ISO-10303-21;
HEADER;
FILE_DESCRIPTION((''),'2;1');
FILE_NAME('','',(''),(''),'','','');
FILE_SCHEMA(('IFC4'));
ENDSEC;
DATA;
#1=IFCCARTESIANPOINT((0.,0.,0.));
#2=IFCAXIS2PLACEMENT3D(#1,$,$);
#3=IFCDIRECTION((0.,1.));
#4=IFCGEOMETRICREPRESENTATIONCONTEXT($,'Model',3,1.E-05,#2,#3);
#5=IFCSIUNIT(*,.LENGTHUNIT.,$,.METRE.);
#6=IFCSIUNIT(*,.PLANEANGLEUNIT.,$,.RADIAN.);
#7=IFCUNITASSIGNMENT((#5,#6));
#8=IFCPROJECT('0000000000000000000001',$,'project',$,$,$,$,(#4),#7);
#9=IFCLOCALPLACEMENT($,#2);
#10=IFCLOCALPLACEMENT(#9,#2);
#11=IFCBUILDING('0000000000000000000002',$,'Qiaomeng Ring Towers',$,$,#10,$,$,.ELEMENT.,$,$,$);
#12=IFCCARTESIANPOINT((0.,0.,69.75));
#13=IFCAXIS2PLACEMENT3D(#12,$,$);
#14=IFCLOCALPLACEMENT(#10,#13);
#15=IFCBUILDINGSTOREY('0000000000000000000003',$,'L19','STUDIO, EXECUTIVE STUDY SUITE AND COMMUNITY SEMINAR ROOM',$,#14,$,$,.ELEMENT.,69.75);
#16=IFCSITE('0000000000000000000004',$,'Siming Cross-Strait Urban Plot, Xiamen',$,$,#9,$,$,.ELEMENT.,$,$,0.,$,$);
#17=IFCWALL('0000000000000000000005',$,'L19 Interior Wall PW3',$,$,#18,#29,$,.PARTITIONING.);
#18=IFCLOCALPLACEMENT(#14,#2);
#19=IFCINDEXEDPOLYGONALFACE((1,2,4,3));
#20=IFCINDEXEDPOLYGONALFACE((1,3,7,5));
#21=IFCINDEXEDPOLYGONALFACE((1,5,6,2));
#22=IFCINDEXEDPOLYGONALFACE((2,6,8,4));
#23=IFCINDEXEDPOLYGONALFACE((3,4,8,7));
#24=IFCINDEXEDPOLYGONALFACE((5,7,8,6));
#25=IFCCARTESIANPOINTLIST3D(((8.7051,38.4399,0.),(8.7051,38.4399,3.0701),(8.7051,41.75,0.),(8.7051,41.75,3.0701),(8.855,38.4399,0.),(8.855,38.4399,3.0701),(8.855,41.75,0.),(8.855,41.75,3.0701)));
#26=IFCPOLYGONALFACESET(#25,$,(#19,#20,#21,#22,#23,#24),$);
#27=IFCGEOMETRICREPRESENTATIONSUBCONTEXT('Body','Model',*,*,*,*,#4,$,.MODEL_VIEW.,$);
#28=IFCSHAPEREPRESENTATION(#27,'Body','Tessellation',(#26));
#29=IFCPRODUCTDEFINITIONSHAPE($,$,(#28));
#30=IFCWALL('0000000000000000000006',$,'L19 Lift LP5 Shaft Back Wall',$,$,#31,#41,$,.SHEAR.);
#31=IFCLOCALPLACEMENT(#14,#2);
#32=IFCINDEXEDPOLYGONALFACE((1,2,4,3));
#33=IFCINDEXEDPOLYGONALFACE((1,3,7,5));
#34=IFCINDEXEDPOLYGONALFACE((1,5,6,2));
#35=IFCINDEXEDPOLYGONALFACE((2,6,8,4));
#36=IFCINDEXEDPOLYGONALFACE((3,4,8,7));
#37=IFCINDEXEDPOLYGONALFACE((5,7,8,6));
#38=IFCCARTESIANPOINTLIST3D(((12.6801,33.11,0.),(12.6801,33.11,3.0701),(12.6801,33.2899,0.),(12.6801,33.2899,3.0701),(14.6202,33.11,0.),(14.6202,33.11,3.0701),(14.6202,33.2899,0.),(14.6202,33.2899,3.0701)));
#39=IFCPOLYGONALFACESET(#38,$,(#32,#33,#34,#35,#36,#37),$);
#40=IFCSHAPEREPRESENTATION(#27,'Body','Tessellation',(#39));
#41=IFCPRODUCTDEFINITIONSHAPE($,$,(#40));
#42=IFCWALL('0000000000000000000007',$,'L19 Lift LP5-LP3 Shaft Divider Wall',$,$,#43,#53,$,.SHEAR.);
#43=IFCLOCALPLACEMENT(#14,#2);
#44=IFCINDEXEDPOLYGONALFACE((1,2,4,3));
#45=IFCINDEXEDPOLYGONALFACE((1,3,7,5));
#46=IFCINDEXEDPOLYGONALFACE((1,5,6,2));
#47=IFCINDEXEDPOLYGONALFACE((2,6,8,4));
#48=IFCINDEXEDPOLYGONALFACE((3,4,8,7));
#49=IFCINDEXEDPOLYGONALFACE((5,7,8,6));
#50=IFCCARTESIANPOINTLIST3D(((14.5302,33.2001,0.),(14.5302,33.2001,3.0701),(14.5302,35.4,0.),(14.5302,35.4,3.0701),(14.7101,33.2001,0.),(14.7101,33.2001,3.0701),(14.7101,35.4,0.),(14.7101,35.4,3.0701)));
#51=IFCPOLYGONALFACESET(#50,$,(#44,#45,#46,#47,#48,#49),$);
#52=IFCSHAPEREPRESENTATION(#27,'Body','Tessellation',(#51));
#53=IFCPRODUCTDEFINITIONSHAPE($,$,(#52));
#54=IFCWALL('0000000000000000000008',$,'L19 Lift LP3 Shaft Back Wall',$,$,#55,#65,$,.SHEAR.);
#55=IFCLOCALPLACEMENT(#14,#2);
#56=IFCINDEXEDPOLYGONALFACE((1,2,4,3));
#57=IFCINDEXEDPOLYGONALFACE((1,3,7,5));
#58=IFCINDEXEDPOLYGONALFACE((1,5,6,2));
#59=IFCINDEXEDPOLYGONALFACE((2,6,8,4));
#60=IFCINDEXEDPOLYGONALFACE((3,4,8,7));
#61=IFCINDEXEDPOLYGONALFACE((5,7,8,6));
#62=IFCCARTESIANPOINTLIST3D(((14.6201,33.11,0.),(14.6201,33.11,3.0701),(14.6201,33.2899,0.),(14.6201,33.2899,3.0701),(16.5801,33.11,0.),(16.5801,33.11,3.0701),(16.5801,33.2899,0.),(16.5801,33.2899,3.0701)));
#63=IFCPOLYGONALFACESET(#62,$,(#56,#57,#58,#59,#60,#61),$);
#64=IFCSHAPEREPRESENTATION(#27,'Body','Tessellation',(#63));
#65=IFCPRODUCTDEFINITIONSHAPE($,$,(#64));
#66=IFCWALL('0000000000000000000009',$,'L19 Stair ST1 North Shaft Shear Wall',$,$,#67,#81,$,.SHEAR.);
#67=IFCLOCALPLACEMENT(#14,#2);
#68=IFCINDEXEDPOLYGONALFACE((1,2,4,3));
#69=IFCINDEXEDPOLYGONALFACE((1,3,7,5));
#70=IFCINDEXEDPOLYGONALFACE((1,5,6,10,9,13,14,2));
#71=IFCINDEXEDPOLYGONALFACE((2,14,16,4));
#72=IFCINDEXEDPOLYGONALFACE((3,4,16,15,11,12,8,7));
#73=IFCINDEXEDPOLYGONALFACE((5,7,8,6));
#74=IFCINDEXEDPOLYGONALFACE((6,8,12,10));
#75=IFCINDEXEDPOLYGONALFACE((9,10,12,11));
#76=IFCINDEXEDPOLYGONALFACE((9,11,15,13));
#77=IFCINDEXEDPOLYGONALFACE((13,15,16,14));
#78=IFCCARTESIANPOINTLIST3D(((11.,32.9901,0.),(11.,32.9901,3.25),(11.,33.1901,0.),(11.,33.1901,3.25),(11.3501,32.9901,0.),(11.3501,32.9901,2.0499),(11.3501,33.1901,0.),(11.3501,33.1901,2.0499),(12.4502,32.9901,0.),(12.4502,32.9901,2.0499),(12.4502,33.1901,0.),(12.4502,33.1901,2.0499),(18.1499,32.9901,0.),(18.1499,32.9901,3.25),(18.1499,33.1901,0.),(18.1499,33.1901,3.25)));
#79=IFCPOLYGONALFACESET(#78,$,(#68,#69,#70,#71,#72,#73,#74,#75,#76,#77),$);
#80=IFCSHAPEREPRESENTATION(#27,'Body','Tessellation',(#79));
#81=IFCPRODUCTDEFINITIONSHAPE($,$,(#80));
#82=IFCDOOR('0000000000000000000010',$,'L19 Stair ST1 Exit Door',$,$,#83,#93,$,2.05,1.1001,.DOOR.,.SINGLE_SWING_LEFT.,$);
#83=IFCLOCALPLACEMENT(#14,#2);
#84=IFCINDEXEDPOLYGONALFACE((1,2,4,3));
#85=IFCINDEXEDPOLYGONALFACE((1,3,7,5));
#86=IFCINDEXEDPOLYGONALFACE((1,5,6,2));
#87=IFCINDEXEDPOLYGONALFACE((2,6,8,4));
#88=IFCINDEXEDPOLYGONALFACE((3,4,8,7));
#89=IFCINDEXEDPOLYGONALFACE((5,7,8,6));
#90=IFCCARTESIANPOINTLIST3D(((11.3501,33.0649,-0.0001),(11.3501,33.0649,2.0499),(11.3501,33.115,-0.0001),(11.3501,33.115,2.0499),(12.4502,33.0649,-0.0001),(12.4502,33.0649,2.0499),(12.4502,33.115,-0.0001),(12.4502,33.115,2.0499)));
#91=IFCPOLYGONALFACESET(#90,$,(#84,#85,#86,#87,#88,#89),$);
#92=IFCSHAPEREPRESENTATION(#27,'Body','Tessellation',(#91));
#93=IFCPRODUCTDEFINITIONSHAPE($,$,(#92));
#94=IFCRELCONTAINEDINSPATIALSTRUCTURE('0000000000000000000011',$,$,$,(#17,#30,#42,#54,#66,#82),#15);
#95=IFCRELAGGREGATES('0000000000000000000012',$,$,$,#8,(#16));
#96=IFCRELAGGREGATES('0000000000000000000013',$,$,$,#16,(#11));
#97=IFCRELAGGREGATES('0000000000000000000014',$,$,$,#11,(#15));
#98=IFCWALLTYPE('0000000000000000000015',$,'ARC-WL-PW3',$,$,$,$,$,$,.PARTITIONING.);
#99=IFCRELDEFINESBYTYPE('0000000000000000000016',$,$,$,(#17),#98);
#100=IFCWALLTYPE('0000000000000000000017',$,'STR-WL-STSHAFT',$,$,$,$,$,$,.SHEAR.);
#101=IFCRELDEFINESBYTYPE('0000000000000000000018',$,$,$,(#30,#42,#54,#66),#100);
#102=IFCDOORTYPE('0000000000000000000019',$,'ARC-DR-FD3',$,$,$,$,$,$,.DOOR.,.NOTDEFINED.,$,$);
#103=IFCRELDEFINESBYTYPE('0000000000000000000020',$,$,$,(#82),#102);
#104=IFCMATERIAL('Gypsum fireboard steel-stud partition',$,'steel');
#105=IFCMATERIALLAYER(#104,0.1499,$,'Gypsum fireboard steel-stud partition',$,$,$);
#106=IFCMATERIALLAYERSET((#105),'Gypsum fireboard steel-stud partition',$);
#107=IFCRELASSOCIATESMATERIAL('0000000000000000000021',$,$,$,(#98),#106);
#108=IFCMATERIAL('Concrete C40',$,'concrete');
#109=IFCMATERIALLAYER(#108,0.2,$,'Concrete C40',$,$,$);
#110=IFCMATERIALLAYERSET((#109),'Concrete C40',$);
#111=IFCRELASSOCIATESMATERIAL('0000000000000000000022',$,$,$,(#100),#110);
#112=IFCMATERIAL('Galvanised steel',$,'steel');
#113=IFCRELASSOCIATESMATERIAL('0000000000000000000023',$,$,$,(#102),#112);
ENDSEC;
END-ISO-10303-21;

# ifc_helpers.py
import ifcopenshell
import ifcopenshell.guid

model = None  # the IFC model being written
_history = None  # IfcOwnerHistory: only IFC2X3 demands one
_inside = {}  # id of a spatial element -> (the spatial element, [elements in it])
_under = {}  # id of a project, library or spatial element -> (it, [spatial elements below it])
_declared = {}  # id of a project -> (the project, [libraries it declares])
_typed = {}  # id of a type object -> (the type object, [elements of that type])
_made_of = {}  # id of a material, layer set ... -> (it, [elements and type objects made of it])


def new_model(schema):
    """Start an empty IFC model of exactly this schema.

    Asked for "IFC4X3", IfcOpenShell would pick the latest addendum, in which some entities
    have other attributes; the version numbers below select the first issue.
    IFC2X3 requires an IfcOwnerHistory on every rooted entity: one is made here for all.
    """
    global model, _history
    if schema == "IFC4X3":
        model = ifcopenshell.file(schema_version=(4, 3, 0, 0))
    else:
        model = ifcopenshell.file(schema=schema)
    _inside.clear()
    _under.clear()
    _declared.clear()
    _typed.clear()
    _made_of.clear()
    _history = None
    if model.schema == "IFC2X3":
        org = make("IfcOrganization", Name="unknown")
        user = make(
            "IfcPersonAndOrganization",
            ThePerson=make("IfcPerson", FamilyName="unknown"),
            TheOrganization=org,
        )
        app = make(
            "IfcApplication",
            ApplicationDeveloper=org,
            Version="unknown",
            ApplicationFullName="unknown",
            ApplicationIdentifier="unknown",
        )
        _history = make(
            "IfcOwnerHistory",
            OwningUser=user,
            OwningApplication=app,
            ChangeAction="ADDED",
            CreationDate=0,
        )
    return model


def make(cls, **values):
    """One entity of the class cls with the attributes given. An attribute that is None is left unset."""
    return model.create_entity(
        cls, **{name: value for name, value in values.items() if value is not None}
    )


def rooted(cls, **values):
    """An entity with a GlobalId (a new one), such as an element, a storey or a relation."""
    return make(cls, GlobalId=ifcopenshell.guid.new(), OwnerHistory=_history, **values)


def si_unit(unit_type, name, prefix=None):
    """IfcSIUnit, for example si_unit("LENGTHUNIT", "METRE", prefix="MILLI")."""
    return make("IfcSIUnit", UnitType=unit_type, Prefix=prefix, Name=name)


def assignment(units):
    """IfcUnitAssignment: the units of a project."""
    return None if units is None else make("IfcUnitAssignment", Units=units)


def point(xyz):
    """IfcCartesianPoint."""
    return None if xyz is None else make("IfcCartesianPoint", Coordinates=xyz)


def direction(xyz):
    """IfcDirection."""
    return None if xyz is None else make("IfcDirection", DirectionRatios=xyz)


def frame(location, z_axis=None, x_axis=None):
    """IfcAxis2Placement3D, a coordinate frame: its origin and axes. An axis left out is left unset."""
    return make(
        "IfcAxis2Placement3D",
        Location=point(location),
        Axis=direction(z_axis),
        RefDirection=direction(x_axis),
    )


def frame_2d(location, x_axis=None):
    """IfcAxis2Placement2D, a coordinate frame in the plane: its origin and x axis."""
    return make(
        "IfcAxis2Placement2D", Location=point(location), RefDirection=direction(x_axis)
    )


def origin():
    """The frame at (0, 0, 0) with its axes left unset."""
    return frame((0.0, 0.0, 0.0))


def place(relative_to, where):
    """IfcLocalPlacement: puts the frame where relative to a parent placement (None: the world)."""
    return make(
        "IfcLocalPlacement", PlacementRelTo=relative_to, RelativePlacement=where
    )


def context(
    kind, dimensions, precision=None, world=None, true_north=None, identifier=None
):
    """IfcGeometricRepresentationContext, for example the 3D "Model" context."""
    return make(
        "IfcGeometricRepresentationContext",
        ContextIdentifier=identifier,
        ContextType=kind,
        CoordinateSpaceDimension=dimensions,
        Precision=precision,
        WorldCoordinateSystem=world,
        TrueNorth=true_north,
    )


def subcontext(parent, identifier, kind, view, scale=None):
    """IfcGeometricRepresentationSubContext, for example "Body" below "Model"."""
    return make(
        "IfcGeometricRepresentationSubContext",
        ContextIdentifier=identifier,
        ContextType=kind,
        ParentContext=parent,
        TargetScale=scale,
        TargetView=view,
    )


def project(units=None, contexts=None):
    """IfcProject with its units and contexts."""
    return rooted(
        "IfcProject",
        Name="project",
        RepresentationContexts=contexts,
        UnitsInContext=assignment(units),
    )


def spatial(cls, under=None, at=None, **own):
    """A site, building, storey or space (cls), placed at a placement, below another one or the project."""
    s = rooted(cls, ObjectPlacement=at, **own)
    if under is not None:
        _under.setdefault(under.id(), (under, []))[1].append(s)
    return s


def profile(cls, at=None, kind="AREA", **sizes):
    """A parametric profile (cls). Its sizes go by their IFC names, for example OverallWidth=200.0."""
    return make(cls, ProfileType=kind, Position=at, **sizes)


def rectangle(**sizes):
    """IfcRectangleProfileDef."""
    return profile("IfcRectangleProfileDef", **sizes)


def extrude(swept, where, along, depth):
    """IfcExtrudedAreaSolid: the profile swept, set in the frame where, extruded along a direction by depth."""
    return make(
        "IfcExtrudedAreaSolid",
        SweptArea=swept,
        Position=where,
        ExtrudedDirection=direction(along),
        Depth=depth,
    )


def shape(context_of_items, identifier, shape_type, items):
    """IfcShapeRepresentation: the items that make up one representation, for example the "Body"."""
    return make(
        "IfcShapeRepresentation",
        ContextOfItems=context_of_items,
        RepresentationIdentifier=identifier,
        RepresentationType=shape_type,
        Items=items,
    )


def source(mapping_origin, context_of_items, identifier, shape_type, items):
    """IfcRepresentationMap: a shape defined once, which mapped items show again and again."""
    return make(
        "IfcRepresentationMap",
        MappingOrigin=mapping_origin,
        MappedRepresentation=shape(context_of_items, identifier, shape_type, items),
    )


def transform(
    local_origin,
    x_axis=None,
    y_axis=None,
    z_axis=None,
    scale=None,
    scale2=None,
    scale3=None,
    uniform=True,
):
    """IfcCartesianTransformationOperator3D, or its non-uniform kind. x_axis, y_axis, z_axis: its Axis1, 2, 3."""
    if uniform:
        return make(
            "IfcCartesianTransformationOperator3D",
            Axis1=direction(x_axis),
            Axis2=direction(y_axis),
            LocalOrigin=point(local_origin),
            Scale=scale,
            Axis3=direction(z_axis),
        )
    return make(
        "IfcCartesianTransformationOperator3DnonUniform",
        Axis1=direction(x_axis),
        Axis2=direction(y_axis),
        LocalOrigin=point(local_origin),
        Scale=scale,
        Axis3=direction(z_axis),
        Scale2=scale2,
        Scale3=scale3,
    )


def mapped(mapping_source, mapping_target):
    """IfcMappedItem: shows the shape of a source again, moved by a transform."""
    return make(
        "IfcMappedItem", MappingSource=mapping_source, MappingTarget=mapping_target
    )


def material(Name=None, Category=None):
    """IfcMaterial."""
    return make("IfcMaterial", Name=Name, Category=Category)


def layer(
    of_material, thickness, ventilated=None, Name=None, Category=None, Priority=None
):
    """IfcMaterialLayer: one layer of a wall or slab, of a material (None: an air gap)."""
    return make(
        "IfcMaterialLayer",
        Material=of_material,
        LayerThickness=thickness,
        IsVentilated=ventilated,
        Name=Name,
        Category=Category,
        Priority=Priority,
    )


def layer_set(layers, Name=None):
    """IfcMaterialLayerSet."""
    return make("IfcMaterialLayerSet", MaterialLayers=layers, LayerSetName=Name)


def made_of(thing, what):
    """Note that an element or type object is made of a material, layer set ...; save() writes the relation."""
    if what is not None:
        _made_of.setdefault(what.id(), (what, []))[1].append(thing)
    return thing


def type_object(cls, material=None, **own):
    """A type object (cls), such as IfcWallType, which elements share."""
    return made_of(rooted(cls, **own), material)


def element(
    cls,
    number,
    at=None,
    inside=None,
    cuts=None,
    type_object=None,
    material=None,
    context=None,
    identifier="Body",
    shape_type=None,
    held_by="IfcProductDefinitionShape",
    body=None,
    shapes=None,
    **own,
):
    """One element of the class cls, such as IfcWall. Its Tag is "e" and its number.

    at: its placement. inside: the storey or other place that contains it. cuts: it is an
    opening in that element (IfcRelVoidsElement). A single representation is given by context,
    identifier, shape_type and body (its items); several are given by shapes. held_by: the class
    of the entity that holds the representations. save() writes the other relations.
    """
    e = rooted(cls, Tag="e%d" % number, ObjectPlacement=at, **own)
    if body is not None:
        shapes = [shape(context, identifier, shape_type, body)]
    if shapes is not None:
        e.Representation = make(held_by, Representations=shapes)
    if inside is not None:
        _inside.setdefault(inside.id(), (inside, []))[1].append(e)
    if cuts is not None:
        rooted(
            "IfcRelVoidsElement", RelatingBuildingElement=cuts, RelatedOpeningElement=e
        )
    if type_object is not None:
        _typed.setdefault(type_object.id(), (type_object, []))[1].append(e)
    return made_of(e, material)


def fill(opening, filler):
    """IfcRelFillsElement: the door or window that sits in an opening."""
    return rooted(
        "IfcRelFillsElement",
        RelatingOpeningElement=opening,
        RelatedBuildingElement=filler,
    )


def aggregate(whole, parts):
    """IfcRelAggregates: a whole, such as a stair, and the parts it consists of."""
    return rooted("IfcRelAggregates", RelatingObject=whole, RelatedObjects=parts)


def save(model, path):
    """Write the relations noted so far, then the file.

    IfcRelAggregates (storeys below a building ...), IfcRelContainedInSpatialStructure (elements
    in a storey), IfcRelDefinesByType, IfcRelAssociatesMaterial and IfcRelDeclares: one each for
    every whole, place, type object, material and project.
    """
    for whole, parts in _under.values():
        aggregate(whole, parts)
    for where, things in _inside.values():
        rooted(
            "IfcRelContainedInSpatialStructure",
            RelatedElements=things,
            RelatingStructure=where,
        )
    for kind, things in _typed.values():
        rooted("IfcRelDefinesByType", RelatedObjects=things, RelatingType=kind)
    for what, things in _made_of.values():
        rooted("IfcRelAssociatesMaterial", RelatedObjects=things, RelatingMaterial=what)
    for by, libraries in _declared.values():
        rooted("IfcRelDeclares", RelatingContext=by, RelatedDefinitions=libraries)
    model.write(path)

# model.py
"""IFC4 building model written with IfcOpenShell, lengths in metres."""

from ifc_helpers import new_model, si_unit, direction, frame, frame_2d, origin, place, context, subcontext, project, spatial, rectangle, extrude, source, transform, mapped, material, layer, layer_set, type_object, element, fill, save


model = new_model("IFC4")

# Units and contexts
model_context = context("Model", 3, precision=1e-05, world=origin(), true_north=direction((0.0, 1.0)))
body_context = subcontext(model_context, "Body", "Model", "MODEL_VIEW")
ifc_project = project(units=[si_unit("LENGTHUNIT", "METRE"), si_unit("PLANEANGLEUNIT", "RADIAN")], contexts=[model_context])

# Site, building, storey
site_placement = place(None, origin())
site = spatial("IfcSite", under=ifc_project, at=site_placement, Name="Siming Cross-Strait Urban Plot, Xiamen", CompositionType="ELEMENT", RefElevation=0.0)
building_placement = place(site_placement, origin())
building = spatial("IfcBuilding", under=site, at=building_placement, Name="Qiaomeng Ring Towers", CompositionType="ELEMENT")
storey_placement = place(building_placement, frame((0.0, 0.0, 69.75)))
storey = spatial("IfcBuildingStorey", under=building, at=storey_placement, Name="L19", Description="STUDIO, EXECUTIVE STUDY SUITE AND COMMUNITY SEMINAR ROOM", CompositionType="ELEMENT", Elevation=69.75)

# Walls
ifc_material_1 = material(Name="Gypsum fireboard steel-stud partition", Category="steel")
ifc_layer_1 = layer(ifc_material_1, 0.1499, Name="Gypsum fireboard steel-stud partition")
ifc_layer_set_1 = layer_set([ifc_layer_1], Name="Gypsum fireboard steel-stud partition")
wall_type_1 = type_object("IfcWallType", Name="ARC-WL-PW3", PredefinedType="PARTITIONING", material=ifc_layer_set_1)
wall_1_placement = place(storey_placement, frame((8.78, 38.4399, 0.0), z_axis=(0.0, 0.0, 1.0), x_axis=(0.0, 1.0, 0.0)))
element("IfcWall", 1, at=wall_1_placement, inside=storey, type_object=wall_type_1, Name="L19 Interior Wall PW3", PredefinedType="PARTITIONING", context=body_context, shape_type="SweptSolid", body=[
    extrude(rectangle(XDim=3.3101, YDim=0.1499, at=frame_2d((1.655, 0.0))), origin(), (0.0, 0.0, 1.0), 3.0701),
])
ifc_material_2 = material(Name="Concrete C40", Category="concrete")
ifc_layer_2 = layer(ifc_material_2, 0.2, Name="Concrete C40")
ifc_layer_set_2 = layer_set([ifc_layer_2], Name="Concrete C40")
wall_type_2 = type_object("IfcWallType", Name="STR-WL-STSHAFT", PredefinedType="SHEAR", material=ifc_layer_set_2)
wall_2_placement = place(storey_placement, frame((12.6799, 33.2, 0.0), z_axis=(0.0, 0.0, 1.0), x_axis=(1.0, 0.0, 0.0)))
element("IfcWall", 2, at=wall_2_placement, inside=storey, type_object=wall_type_2, Name="L19 Lift LP5 Shaft Back Wall", PredefinedType="SHEAR", context=body_context, shape_type="SweptSolid", body=[
    extrude(rectangle(XDim=1.9402, YDim=0.1799, at=frame_2d((0.9702, 0.0))), origin(), (0.0, 0.0, 1.0), 3.0701),
])
wall_3_placement = place(storey_placement, frame((14.6201, 33.2, 0.0), z_axis=(0.0, 0.0, 1.0), x_axis=(0.0, 1.0, 0.0)))
element("IfcWall", 3, at=wall_3_placement, inside=storey, type_object=wall_type_2, Name="L19 Lift LP5-LP3 Shaft Divider Wall", PredefinedType="SHEAR", context=body_context, shape_type="SweptSolid", body=[
    extrude(rectangle(XDim=2.2, YDim=0.1799, at=frame_2d((1.1001, 0.0))), origin(), (0.0, 0.0, 1.0), 3.0701),
])
wall_4_placement = place(storey_placement, frame((14.6201, 33.2, 0.0), z_axis=(0.0, 0.0, 1.0), x_axis=(1.0, 0.0, 0.0)))
element("IfcWall", 4, at=wall_4_placement, inside=storey, type_object=wall_type_2, Name="L19 Lift LP3 Shaft Back Wall", PredefinedType="SHEAR", context=body_context, shape_type="SweptSolid", body=[
    extrude(rectangle(XDim=1.96, YDim=0.1799, at=frame_2d((0.98, 0.0))), origin(), (0.0, 0.0, 1.0), 3.0701),
])

# Wall, opening, door
wall_5_placement = place(storey_placement, frame((11.0, 33.0901, 0.0), z_axis=(0.0, 0.0, 1.0), x_axis=(1.0, 0.0, 0.0)))
wall_5 = element("IfcWall", 5, at=wall_5_placement, inside=storey, type_object=wall_type_2, Name="L19 Stair ST1 North Shaft Shear Wall", PredefinedType="SHEAR", context=body_context, shape_type="SweptSolid", body=[
    extrude(rectangle(XDim=7.1499, YDim=0.2, at=frame_2d((3.575, 0.0))), origin(), (0.0, 0.0, 1.0), 3.25),
])
opening_1_placement = place(wall_5_placement, frame((0.3501, 0.0, 0.0)))
opening_1 = element("IfcOpeningElement", 6, at=opening_1_placement, cuts=wall_5, PredefinedType="OPENING", context=body_context, shape_type="SweptSolid", body=[
    extrude(rectangle(XDim=1.1001, YDim=2.05, at=frame_2d((0.55, 1.0249))), frame((0.0, 0.1099, 0.0), z_axis=(0.0, -1.0, 0.0), x_axis=(1.0, 0.0, 0.0)), (0.0, 0.0, 1.0), 0.22),
])
ifc_material_3 = material(Name="Galvanised steel", Category="steel")
door_type_1 = type_object("IfcDoorType", Name="ARC-DR-FD3", OperationType="NOTDEFINED", PredefinedType="DOOR", material=ifc_material_3)
shared_shape_1 = source(origin(), body_context, "Body", "SweptSolid", [
    extrude(rectangle(XDim=1.1001, YDim=2.05, at=frame_2d((0.55, 1.0249))), frame((0.0, 0.0249, 0.0), z_axis=(0.0, -1.0, 0.0), x_axis=(1.0, 0.0, 0.0)), (0.0, 0.0, 1.0), 0.05),
])
door_1_placement = place(opening_1_placement, origin())
door_1 = element("IfcDoor", 7, at=door_1_placement, inside=storey, type_object=door_type_1, Name="L19 Stair ST1 Exit Door", OperationType="SINGLE_SWING_LEFT", OverallHeight=2.05, OverallWidth=1.1001, PredefinedType="DOOR", context=body_context, shape_type="MappedRepresentation", body=[
    mapped(shared_shape_1, transform((0.0, 0.0, 0.0), x_axis=(1.0, 0.0, 0.0), y_axis=(0.0, 1.0, 0.0), z_axis=(0.0, 0.0, 1.0), scale=1.0)),
])
fill(opening_1, door_1)

save(model, "model.ifc")
